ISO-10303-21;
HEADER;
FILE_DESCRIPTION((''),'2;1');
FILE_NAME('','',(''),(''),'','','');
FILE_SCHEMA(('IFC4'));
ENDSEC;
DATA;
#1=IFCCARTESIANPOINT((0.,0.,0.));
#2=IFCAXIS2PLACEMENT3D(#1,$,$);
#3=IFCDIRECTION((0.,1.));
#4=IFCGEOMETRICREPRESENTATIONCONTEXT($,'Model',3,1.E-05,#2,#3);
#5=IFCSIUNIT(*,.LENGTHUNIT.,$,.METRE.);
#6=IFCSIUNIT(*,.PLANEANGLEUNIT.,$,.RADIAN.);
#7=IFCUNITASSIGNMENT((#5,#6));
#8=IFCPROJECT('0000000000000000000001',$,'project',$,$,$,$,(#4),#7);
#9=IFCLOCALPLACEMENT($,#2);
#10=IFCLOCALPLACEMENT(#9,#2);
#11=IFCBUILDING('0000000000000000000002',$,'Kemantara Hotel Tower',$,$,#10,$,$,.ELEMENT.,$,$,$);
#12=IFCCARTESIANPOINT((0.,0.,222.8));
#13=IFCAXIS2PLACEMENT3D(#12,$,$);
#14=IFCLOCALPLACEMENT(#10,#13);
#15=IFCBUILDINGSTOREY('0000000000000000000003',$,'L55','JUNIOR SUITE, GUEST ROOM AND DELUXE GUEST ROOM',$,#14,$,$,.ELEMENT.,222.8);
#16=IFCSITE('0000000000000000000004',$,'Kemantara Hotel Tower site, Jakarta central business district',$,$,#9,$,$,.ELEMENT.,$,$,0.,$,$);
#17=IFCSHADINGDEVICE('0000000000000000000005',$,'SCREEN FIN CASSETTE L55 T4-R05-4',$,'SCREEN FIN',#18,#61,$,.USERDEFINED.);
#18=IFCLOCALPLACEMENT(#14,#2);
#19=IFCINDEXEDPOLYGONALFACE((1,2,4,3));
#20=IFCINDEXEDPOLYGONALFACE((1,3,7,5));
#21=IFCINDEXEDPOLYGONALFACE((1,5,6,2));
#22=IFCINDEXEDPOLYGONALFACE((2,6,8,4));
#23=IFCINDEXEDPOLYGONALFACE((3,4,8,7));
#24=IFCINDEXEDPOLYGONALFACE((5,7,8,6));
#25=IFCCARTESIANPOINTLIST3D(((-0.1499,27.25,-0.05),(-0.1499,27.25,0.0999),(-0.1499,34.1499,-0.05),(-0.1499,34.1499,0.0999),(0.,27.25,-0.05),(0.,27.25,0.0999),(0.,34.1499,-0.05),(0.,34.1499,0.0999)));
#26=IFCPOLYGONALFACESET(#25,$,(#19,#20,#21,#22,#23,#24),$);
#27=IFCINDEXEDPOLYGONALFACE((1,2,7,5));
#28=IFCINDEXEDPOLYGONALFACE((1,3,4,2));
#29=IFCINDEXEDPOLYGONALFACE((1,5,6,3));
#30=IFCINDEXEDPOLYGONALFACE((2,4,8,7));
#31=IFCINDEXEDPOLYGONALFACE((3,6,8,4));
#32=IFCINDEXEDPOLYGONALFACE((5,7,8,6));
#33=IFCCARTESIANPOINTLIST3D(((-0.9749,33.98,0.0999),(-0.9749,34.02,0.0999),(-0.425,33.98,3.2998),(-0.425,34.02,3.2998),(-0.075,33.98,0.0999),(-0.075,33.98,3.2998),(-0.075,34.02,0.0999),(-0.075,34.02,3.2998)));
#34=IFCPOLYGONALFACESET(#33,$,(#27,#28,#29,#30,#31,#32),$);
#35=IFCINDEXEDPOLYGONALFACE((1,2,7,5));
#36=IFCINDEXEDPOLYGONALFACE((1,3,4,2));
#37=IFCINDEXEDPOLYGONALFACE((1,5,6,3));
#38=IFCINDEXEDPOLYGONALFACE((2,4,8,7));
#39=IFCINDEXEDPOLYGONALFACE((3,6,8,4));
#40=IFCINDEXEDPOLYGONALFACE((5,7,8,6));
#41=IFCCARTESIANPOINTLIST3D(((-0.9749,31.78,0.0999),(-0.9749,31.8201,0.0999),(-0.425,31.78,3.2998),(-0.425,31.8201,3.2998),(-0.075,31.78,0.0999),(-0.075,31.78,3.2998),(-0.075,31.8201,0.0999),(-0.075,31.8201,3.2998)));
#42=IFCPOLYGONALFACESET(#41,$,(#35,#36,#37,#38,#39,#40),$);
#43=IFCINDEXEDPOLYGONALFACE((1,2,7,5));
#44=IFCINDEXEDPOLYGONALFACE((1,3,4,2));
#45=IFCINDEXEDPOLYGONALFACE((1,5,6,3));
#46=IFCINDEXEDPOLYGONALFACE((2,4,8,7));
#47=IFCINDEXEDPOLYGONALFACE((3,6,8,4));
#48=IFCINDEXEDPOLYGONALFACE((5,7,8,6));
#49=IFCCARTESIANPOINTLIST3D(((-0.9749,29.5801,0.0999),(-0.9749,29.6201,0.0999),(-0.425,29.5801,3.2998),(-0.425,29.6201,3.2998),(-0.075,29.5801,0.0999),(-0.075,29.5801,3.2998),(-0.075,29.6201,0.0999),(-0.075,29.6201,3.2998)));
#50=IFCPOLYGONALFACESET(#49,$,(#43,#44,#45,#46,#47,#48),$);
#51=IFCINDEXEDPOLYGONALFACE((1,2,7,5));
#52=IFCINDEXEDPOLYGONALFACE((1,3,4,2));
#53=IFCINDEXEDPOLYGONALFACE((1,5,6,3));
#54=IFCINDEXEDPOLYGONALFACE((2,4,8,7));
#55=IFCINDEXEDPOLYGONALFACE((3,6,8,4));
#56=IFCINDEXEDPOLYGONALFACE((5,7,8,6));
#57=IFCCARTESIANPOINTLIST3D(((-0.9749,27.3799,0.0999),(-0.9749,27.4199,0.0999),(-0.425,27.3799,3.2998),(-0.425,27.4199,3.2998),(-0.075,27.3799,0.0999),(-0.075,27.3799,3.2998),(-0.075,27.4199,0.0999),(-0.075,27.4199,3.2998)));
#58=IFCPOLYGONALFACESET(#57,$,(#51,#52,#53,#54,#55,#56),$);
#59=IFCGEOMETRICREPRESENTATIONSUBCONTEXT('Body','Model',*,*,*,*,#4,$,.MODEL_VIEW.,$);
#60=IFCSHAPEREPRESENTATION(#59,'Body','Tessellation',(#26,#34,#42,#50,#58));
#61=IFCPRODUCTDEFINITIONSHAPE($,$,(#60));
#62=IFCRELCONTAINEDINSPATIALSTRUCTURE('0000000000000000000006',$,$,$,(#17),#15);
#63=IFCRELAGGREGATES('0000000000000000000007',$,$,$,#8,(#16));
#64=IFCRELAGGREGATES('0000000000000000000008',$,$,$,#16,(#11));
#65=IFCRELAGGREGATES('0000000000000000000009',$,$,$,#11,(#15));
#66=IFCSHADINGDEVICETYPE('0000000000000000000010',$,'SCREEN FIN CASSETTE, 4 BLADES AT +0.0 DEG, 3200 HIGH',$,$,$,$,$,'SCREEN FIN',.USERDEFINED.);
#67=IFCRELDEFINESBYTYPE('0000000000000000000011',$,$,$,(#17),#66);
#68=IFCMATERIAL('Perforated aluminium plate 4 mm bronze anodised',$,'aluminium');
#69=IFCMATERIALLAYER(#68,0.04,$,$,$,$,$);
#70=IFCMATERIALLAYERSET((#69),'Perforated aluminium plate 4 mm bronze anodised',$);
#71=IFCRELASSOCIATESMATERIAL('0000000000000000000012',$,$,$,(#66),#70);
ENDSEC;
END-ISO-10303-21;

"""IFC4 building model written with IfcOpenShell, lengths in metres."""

from ifc_helpers import new_model, si_unit, direction, frame, origin, origin_2d, place, context, subcontext, project, spatial, polyline, rectangle, outline, extrude, source, transform, mapped, material, layer, layer_set, type_object, element, save


model = new_model("IFC4")

# Units and contexts
model_context = context("Model", 3, precision=1e-05, world=origin(), true_north=direction((0.0, 1.0)))
body_context = subcontext(model_context, "Body", "Model", "MODEL_VIEW")
ifc_project = project(units=[si_unit("LENGTHUNIT", "METRE"), si_unit("PLANEANGLEUNIT", "RADIAN")], contexts=[model_context])

# Site, building, storey
site_placement = place(None, origin())
site = spatial("IfcSite", under=ifc_project, at=site_placement, Name="Kemantara Hotel Tower site, Jakarta central business district", CompositionType="ELEMENT", RefElevation=0.0)
building_placement = place(site_placement, origin())
building = spatial("IfcBuilding", under=site, at=building_placement, Name="Kemantara Hotel Tower", CompositionType="ELEMENT")
storey_placement = place(building_placement, frame((0.0, 0.0, 222.8)))
storey = spatial("IfcBuildingStorey", under=building, at=storey_placement, Name="L55", Description="JUNIOR SUITE, GUEST ROOM AND DELUXE GUEST ROOM", CompositionType="ELEMENT", Elevation=222.8)

# Shading device
ifc_material_1 = material(Name="Perforated aluminium plate 4 mm bronze anodised", Category="aluminium")
ifc_layer_1 = layer(ifc_material_1, 0.04)
ifc_layer_set_1 = layer_set([ifc_layer_1], Name="Perforated aluminium plate 4 mm bronze anodised")
shading_device_type_1 = type_object("IfcShadingDeviceType", Name="SCREEN FIN CASSETTE, 4 BLADES AT +0.0 DEG, 3200 HIGH", ElementType="SCREEN FIN", PredefinedType="USERDEFINED", material=ifc_layer_set_1)
shared_shape_1 = source(origin(), body_context, "Body", "SweptSolid", [
    extrude(rectangle(XDim=6.8999, YDim=0.1499, at=origin_2d()), frame((3.3, -0.075, -0.1499), z_axis=(0.0, 0.0, 1.0), x_axis=(1.0, 0.0, 0.0)), (0.0, 0.0, 1.0), 0.1499),
    extrude(outline(polyline([(0.0, 0.0), (0.8999, 0.0), (0.3501, 3.2), (0.0, 3.2), (0.0, 0.0)])), frame((0.02, -0.075, 0.0), z_axis=(-1.0, 0.0, 0.0), x_axis=(0.0, -1.0, 0.0)), (0.0, 0.0, 1.0), 0.04),
    extrude(outline(polyline([(0.0, 0.0), (0.8999, 0.0), (0.3501, 3.2), (0.0, 3.2), (0.0, 0.0)])), frame((2.22, -0.075, 0.0), z_axis=(-1.0, 0.0, 0.0), x_axis=(0.0, -1.0, 0.0)), (0.0, 0.0, 1.0), 0.04),
    extrude(outline(polyline([(0.0, 0.0), (0.8999, 0.0), (0.3501, 3.2), (0.0, 3.2), (0.0, 0.0)])), frame((4.4199, -0.075, 0.0), z_axis=(-1.0, 0.0, 0.0), x_axis=(0.0, -1.0, 0.0)), (0.0, 0.0, 1.0), 0.04),
    extrude(outline(polyline([(0.0, 0.0), (0.8999, 0.0), (0.3501, 3.2), (0.0, 3.2), (0.0, 0.0)])), frame((6.6201, -0.075, 0.0), z_axis=(-1.0, 0.0, 0.0), x_axis=(0.0, -1.0, 0.0)), (0.0, 0.0, 1.0), 0.04),
])
shading_device_1_placement = place(storey_placement, frame((0.0, 34.0, 0.0999), z_axis=(0.0, 0.0, 1.0), x_axis=(0.0, -1.0, 0.0)))
element("IfcShadingDevice", 1, at=shading_device_1_placement, inside=storey, type_object=shading_device_type_1, Name="SCREEN FIN CASSETTE L55 T4-R05-4", ObjectType="SCREEN FIN", PredefinedType="USERDEFINED", context=body_context, shape_type="MappedRepresentation", body=[
    mapped(shared_shape_1, transform((0.0, 0.0, 0.0))),
])

save(model, "model.ifc")
